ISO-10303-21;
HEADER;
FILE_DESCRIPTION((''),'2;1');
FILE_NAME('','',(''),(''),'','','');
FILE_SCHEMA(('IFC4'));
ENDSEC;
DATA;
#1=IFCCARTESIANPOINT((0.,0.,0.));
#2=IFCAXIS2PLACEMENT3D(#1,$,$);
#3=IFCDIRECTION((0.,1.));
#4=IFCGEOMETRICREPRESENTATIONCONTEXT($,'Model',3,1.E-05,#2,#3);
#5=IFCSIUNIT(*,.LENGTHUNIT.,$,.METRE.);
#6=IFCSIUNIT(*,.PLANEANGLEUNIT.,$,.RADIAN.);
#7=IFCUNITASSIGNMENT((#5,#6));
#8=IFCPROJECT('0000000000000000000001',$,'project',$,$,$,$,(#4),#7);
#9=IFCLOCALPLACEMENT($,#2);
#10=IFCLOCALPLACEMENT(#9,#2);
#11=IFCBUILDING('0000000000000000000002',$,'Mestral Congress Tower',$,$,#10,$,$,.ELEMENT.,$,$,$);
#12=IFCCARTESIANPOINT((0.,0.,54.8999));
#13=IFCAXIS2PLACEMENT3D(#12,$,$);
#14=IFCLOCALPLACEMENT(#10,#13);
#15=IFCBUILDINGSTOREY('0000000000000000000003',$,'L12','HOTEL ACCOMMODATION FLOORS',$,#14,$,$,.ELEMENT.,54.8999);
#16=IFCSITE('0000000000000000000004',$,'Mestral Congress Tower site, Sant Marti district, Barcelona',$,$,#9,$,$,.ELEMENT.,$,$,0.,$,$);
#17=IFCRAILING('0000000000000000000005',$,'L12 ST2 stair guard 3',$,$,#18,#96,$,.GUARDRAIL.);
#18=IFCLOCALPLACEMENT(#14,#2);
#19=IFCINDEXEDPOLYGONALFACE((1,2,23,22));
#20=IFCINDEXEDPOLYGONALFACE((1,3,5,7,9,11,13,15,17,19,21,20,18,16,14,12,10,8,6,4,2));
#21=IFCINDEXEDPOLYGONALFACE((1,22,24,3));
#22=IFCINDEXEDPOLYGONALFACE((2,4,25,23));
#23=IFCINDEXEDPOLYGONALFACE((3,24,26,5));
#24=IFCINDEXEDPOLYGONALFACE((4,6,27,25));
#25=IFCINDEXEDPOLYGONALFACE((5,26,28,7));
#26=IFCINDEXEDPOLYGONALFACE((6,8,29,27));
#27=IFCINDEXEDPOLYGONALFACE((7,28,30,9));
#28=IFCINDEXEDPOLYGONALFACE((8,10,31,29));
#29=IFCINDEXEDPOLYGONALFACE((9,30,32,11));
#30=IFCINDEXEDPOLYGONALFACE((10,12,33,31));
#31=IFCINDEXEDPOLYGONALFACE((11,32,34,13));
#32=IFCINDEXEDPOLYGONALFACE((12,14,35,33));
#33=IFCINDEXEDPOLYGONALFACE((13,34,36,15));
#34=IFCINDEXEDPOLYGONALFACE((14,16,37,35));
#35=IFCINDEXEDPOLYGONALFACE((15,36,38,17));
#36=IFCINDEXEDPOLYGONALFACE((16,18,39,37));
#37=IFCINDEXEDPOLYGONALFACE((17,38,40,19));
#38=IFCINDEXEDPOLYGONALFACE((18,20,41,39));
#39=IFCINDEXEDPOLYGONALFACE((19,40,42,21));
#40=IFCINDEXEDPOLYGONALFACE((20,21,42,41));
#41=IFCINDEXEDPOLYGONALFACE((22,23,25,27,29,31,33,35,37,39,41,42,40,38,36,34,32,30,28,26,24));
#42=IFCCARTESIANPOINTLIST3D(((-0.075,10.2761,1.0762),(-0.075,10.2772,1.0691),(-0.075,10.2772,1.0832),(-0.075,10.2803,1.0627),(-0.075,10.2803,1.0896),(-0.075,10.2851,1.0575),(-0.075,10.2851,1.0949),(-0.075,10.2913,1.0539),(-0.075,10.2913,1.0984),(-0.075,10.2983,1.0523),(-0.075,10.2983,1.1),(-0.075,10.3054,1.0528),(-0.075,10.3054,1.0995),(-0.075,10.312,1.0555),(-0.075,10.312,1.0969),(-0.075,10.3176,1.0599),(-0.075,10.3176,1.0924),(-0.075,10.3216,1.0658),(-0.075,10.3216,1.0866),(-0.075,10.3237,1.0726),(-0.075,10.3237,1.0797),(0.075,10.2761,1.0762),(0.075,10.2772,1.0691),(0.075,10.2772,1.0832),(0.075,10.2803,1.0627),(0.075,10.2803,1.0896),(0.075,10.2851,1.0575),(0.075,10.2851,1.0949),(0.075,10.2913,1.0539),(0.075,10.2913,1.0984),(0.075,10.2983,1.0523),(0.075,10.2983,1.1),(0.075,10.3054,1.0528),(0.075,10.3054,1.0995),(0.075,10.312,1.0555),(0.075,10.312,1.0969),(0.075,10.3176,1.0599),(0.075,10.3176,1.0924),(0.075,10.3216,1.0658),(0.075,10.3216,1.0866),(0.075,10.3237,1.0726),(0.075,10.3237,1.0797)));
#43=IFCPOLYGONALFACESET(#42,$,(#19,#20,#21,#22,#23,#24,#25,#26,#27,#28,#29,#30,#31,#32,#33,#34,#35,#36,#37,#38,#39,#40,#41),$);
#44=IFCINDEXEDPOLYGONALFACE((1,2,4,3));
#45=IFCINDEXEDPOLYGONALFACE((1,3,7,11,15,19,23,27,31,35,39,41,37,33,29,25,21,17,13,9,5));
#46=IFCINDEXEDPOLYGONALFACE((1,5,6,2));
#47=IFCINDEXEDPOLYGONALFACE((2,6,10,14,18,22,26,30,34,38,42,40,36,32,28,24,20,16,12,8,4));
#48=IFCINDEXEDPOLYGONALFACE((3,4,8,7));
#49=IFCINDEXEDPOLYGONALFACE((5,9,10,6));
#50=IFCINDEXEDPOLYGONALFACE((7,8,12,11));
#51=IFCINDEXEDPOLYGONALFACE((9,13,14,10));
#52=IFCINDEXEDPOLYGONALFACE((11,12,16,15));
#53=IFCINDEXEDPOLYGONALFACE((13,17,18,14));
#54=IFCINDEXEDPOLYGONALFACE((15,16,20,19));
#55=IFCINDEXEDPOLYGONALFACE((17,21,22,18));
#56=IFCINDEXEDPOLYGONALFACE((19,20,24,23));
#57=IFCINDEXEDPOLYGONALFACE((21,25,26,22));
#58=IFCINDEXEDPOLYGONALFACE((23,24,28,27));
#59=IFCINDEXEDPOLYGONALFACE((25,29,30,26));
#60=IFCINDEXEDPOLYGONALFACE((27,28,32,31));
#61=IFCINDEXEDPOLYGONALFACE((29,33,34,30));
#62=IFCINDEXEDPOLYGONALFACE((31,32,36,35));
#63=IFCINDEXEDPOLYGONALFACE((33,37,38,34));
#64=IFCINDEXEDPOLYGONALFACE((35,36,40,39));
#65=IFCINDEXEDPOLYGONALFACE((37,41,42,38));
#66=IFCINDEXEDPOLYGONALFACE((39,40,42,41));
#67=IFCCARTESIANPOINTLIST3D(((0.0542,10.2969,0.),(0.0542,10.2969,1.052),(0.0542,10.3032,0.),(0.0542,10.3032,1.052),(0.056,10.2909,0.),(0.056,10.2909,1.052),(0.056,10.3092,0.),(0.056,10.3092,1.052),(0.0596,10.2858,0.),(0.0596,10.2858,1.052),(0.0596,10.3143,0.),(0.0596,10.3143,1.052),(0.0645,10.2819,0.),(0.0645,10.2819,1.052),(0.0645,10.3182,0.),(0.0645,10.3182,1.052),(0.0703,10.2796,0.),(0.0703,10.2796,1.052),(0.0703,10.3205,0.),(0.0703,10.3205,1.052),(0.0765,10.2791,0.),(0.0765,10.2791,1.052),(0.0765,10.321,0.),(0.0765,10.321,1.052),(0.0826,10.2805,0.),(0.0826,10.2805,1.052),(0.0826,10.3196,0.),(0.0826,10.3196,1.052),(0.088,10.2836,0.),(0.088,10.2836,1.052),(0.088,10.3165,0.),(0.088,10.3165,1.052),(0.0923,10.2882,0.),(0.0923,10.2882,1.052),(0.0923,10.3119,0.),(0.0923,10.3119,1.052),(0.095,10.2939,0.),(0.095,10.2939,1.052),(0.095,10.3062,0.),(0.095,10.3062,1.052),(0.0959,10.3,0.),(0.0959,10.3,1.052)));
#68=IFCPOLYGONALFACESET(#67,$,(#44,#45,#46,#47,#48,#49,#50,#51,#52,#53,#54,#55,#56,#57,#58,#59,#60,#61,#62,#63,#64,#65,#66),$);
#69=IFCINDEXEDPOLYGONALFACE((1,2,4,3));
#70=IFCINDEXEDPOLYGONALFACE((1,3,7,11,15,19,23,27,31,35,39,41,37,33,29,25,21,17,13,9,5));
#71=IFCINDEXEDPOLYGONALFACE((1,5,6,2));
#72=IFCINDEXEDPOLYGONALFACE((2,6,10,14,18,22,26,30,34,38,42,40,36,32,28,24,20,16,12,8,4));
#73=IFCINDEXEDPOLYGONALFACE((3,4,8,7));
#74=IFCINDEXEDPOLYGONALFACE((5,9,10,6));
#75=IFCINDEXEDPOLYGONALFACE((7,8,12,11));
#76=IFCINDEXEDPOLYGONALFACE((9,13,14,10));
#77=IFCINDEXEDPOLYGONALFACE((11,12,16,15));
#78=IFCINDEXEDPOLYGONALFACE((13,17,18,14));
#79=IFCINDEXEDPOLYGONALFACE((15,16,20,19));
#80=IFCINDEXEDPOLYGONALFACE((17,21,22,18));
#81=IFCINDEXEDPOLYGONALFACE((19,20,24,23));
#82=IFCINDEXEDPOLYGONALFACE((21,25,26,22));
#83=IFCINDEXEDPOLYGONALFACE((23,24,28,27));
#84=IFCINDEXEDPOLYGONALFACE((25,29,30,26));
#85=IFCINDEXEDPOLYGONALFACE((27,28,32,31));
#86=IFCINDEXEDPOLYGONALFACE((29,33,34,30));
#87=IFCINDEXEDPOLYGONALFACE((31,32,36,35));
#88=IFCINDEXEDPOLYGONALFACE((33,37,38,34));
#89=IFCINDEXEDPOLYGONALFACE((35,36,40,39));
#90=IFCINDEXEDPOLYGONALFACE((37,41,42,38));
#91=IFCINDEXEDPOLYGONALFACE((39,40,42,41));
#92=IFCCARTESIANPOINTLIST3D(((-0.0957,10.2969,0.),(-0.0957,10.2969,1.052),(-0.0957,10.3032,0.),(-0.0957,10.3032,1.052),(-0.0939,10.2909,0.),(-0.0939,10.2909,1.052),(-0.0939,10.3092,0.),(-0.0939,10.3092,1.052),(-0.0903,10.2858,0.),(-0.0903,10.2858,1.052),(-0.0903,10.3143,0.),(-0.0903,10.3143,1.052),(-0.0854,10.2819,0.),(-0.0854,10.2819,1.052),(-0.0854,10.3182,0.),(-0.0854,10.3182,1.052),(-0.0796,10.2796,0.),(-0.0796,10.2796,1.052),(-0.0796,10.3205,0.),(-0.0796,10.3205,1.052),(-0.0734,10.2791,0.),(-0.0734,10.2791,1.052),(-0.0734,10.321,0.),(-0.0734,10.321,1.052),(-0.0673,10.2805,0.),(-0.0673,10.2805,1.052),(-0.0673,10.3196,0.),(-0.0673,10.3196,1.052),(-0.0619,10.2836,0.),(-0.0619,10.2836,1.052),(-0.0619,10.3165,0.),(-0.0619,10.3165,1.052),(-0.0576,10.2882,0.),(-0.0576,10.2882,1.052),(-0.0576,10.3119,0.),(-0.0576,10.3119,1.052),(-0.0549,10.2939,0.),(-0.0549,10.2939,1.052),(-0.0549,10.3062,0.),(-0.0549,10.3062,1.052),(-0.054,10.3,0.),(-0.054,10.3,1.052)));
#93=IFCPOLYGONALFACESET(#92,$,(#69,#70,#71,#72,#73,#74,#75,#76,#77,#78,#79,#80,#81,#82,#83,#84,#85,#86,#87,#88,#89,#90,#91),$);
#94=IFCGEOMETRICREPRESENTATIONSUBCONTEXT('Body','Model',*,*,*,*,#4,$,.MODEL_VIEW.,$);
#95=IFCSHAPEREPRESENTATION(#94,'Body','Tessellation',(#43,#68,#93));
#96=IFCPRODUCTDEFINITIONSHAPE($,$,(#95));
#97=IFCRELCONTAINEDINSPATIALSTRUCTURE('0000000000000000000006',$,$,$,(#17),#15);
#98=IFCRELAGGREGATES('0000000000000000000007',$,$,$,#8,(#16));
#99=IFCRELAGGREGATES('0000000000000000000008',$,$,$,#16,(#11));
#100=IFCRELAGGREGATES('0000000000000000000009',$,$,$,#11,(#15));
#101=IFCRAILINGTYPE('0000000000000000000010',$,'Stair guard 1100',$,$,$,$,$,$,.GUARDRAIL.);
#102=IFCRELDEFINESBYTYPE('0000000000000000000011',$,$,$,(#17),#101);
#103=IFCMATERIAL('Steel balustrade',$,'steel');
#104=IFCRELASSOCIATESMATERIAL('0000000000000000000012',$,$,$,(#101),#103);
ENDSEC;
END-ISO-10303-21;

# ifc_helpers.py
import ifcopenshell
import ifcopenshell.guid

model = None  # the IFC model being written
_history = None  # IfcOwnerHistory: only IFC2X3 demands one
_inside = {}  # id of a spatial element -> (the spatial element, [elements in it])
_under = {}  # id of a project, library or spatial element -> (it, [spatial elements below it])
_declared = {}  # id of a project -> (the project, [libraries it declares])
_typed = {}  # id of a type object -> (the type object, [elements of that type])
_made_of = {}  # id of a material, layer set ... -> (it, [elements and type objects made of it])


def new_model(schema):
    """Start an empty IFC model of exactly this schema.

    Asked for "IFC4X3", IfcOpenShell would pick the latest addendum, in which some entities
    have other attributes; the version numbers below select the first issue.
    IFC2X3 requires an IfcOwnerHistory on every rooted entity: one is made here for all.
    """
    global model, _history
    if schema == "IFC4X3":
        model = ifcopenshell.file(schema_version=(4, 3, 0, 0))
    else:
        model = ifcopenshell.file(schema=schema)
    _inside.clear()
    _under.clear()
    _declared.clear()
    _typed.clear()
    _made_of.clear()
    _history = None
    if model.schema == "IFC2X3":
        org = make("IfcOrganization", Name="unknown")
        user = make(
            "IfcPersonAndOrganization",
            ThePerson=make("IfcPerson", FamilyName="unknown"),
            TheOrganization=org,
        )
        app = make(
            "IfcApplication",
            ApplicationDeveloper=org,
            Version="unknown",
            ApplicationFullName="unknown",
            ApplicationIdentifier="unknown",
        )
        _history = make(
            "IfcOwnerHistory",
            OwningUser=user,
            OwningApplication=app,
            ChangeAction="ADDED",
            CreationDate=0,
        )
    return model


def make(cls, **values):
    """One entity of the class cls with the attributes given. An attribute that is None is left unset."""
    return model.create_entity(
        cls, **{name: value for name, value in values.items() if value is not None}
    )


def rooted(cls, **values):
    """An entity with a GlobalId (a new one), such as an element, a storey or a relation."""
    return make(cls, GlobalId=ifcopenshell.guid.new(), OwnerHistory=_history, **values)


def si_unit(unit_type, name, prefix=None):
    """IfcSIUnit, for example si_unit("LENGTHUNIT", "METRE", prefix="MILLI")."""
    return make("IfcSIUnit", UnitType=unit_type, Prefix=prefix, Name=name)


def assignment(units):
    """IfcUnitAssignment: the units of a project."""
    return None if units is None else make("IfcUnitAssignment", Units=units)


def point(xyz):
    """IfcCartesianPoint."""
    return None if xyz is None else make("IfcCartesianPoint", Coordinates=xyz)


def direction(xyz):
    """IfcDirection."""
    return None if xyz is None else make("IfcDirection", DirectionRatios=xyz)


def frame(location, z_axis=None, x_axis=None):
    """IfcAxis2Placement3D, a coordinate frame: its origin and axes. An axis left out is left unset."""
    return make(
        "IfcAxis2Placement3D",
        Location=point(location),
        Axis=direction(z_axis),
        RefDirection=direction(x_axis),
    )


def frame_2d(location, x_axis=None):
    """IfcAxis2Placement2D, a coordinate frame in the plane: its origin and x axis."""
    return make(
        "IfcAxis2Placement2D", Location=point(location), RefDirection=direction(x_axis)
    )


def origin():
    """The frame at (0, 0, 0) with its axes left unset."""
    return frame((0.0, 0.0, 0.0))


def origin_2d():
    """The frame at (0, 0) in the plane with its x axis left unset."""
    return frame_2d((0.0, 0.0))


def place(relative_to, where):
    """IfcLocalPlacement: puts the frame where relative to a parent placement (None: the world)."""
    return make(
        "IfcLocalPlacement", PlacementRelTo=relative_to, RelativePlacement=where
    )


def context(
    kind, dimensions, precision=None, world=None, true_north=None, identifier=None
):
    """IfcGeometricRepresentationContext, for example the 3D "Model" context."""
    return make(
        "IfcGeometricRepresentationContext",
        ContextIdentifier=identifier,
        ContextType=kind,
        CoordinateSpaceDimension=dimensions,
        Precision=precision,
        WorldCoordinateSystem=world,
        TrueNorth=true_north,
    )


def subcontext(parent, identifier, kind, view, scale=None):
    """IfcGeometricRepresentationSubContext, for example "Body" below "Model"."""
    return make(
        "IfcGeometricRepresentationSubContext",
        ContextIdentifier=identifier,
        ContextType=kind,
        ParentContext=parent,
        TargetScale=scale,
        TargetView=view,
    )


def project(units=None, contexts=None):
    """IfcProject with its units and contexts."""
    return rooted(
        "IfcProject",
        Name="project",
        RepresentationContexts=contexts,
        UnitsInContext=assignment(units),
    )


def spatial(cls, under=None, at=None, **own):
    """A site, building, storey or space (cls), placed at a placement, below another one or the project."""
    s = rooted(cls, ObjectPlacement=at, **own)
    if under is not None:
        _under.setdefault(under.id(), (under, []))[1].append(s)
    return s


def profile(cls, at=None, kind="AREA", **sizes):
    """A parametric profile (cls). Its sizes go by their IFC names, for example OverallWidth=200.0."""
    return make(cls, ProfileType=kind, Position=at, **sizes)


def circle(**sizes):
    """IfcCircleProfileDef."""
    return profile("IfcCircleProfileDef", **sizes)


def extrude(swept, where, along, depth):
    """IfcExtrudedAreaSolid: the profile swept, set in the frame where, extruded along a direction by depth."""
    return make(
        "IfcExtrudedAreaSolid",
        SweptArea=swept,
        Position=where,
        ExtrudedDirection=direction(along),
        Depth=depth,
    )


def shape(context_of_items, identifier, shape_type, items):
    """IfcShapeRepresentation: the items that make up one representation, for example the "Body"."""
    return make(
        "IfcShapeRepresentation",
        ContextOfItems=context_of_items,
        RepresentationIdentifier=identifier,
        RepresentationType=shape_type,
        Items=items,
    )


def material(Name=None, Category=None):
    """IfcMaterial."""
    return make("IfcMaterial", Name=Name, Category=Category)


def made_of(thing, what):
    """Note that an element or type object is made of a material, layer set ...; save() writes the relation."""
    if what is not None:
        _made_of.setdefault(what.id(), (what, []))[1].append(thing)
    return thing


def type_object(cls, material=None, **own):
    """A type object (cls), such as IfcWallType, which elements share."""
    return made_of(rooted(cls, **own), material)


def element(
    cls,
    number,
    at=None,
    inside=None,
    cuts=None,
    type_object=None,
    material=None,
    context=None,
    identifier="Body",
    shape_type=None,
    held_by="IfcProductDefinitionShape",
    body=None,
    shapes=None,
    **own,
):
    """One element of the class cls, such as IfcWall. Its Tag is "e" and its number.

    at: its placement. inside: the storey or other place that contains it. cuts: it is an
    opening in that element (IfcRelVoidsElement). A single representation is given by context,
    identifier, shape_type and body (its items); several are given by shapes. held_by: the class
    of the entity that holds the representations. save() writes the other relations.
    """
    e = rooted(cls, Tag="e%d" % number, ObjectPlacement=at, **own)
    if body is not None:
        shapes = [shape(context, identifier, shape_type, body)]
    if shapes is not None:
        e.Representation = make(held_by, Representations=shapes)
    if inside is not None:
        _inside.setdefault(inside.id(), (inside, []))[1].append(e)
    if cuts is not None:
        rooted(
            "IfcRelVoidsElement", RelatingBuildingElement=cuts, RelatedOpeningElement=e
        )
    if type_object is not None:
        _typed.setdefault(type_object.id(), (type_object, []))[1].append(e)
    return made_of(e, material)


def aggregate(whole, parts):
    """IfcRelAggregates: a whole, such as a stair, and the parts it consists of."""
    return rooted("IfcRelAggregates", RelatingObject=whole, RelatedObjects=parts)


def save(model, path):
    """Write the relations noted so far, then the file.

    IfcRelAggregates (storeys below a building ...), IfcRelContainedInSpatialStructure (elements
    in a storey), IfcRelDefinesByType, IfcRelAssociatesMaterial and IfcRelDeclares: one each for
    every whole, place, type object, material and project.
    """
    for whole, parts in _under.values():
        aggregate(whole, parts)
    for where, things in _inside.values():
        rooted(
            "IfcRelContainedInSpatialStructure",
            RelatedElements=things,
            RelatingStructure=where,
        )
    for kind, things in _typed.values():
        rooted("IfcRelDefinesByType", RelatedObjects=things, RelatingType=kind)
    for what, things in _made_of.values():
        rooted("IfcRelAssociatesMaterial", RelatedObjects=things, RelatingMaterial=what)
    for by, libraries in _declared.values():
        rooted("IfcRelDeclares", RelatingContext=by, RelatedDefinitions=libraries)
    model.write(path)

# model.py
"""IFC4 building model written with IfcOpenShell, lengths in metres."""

from ifc_helpers import new_model, si_unit, direction, frame, origin, origin_2d, place, context, subcontext, project, spatial, circle, extrude, material, type_object, element, save


model = new_model("IFC4")

# Units and contexts
model_context = context("Model", 3, precision=1e-05, world=origin(), true_north=direction((0.0, 1.0)))
body_context = subcontext(model_context, "Body", "Model", "MODEL_VIEW")
ifc_project = project(units=[si_unit("LENGTHUNIT", "METRE"), si_unit("PLANEANGLEUNIT", "RADIAN")], contexts=[model_context])

# Site, building, storey
site_placement = place(None, origin())
site = spatial("IfcSite", under=ifc_project, at=site_placement, Name="Mestral Congress Tower site, Sant Marti district, Barcelona", CompositionType="ELEMENT", RefElevation=0.0)
building_placement = place(site_placement, origin())
building = spatial("IfcBuilding", under=site, at=building_placement, Name="Mestral Congress Tower", CompositionType="ELEMENT")
storey_placement = place(building_placement, frame((0.0, 0.0, 54.8999)))
storey = spatial("IfcBuildingStorey", under=building, at=storey_placement, Name="L12", Description="HOTEL ACCOMMODATION FLOORS", CompositionType="ELEMENT", Elevation=54.8999)

# Railing
ifc_material_1 = material(Name="Steel balustrade", Category="steel")
railing_type = type_object("IfcRailingType", Name="Stair guard 1100", PredefinedType="GUARDRAIL", material=ifc_material_1)
railing_1_placement = place(storey_placement, frame((0.075, 10.3, 0.0)))
element("IfcRailing", 1, at=railing_1_placement, inside=storey, type_object=railing_type, Name="L12 ST2 stair guard 3", PredefinedType="GUARDRAIL", context=body_context, shape_type="SweptSolid", body=[
    extrude(circle(Radius=0.0239, at=origin_2d()), frame((0.0, 0.0, 1.0762), z_axis=(-1.0, 0.0, 0.0), x_axis=(0.0, -1.0, 0.0)), (0.0, 0.0, 1.0), 0.1499),
    extrude(circle(Radius=0.021, at=origin_2d()), origin(), (0.0, 0.0, 1.0), 1.052),
    extrude(circle(Radius=0.021, at=origin_2d()), frame((-0.1499, 0.0, 0.0)), (0.0, 0.0, 1.0), 1.052),
])

save(model, "model.ifc")
